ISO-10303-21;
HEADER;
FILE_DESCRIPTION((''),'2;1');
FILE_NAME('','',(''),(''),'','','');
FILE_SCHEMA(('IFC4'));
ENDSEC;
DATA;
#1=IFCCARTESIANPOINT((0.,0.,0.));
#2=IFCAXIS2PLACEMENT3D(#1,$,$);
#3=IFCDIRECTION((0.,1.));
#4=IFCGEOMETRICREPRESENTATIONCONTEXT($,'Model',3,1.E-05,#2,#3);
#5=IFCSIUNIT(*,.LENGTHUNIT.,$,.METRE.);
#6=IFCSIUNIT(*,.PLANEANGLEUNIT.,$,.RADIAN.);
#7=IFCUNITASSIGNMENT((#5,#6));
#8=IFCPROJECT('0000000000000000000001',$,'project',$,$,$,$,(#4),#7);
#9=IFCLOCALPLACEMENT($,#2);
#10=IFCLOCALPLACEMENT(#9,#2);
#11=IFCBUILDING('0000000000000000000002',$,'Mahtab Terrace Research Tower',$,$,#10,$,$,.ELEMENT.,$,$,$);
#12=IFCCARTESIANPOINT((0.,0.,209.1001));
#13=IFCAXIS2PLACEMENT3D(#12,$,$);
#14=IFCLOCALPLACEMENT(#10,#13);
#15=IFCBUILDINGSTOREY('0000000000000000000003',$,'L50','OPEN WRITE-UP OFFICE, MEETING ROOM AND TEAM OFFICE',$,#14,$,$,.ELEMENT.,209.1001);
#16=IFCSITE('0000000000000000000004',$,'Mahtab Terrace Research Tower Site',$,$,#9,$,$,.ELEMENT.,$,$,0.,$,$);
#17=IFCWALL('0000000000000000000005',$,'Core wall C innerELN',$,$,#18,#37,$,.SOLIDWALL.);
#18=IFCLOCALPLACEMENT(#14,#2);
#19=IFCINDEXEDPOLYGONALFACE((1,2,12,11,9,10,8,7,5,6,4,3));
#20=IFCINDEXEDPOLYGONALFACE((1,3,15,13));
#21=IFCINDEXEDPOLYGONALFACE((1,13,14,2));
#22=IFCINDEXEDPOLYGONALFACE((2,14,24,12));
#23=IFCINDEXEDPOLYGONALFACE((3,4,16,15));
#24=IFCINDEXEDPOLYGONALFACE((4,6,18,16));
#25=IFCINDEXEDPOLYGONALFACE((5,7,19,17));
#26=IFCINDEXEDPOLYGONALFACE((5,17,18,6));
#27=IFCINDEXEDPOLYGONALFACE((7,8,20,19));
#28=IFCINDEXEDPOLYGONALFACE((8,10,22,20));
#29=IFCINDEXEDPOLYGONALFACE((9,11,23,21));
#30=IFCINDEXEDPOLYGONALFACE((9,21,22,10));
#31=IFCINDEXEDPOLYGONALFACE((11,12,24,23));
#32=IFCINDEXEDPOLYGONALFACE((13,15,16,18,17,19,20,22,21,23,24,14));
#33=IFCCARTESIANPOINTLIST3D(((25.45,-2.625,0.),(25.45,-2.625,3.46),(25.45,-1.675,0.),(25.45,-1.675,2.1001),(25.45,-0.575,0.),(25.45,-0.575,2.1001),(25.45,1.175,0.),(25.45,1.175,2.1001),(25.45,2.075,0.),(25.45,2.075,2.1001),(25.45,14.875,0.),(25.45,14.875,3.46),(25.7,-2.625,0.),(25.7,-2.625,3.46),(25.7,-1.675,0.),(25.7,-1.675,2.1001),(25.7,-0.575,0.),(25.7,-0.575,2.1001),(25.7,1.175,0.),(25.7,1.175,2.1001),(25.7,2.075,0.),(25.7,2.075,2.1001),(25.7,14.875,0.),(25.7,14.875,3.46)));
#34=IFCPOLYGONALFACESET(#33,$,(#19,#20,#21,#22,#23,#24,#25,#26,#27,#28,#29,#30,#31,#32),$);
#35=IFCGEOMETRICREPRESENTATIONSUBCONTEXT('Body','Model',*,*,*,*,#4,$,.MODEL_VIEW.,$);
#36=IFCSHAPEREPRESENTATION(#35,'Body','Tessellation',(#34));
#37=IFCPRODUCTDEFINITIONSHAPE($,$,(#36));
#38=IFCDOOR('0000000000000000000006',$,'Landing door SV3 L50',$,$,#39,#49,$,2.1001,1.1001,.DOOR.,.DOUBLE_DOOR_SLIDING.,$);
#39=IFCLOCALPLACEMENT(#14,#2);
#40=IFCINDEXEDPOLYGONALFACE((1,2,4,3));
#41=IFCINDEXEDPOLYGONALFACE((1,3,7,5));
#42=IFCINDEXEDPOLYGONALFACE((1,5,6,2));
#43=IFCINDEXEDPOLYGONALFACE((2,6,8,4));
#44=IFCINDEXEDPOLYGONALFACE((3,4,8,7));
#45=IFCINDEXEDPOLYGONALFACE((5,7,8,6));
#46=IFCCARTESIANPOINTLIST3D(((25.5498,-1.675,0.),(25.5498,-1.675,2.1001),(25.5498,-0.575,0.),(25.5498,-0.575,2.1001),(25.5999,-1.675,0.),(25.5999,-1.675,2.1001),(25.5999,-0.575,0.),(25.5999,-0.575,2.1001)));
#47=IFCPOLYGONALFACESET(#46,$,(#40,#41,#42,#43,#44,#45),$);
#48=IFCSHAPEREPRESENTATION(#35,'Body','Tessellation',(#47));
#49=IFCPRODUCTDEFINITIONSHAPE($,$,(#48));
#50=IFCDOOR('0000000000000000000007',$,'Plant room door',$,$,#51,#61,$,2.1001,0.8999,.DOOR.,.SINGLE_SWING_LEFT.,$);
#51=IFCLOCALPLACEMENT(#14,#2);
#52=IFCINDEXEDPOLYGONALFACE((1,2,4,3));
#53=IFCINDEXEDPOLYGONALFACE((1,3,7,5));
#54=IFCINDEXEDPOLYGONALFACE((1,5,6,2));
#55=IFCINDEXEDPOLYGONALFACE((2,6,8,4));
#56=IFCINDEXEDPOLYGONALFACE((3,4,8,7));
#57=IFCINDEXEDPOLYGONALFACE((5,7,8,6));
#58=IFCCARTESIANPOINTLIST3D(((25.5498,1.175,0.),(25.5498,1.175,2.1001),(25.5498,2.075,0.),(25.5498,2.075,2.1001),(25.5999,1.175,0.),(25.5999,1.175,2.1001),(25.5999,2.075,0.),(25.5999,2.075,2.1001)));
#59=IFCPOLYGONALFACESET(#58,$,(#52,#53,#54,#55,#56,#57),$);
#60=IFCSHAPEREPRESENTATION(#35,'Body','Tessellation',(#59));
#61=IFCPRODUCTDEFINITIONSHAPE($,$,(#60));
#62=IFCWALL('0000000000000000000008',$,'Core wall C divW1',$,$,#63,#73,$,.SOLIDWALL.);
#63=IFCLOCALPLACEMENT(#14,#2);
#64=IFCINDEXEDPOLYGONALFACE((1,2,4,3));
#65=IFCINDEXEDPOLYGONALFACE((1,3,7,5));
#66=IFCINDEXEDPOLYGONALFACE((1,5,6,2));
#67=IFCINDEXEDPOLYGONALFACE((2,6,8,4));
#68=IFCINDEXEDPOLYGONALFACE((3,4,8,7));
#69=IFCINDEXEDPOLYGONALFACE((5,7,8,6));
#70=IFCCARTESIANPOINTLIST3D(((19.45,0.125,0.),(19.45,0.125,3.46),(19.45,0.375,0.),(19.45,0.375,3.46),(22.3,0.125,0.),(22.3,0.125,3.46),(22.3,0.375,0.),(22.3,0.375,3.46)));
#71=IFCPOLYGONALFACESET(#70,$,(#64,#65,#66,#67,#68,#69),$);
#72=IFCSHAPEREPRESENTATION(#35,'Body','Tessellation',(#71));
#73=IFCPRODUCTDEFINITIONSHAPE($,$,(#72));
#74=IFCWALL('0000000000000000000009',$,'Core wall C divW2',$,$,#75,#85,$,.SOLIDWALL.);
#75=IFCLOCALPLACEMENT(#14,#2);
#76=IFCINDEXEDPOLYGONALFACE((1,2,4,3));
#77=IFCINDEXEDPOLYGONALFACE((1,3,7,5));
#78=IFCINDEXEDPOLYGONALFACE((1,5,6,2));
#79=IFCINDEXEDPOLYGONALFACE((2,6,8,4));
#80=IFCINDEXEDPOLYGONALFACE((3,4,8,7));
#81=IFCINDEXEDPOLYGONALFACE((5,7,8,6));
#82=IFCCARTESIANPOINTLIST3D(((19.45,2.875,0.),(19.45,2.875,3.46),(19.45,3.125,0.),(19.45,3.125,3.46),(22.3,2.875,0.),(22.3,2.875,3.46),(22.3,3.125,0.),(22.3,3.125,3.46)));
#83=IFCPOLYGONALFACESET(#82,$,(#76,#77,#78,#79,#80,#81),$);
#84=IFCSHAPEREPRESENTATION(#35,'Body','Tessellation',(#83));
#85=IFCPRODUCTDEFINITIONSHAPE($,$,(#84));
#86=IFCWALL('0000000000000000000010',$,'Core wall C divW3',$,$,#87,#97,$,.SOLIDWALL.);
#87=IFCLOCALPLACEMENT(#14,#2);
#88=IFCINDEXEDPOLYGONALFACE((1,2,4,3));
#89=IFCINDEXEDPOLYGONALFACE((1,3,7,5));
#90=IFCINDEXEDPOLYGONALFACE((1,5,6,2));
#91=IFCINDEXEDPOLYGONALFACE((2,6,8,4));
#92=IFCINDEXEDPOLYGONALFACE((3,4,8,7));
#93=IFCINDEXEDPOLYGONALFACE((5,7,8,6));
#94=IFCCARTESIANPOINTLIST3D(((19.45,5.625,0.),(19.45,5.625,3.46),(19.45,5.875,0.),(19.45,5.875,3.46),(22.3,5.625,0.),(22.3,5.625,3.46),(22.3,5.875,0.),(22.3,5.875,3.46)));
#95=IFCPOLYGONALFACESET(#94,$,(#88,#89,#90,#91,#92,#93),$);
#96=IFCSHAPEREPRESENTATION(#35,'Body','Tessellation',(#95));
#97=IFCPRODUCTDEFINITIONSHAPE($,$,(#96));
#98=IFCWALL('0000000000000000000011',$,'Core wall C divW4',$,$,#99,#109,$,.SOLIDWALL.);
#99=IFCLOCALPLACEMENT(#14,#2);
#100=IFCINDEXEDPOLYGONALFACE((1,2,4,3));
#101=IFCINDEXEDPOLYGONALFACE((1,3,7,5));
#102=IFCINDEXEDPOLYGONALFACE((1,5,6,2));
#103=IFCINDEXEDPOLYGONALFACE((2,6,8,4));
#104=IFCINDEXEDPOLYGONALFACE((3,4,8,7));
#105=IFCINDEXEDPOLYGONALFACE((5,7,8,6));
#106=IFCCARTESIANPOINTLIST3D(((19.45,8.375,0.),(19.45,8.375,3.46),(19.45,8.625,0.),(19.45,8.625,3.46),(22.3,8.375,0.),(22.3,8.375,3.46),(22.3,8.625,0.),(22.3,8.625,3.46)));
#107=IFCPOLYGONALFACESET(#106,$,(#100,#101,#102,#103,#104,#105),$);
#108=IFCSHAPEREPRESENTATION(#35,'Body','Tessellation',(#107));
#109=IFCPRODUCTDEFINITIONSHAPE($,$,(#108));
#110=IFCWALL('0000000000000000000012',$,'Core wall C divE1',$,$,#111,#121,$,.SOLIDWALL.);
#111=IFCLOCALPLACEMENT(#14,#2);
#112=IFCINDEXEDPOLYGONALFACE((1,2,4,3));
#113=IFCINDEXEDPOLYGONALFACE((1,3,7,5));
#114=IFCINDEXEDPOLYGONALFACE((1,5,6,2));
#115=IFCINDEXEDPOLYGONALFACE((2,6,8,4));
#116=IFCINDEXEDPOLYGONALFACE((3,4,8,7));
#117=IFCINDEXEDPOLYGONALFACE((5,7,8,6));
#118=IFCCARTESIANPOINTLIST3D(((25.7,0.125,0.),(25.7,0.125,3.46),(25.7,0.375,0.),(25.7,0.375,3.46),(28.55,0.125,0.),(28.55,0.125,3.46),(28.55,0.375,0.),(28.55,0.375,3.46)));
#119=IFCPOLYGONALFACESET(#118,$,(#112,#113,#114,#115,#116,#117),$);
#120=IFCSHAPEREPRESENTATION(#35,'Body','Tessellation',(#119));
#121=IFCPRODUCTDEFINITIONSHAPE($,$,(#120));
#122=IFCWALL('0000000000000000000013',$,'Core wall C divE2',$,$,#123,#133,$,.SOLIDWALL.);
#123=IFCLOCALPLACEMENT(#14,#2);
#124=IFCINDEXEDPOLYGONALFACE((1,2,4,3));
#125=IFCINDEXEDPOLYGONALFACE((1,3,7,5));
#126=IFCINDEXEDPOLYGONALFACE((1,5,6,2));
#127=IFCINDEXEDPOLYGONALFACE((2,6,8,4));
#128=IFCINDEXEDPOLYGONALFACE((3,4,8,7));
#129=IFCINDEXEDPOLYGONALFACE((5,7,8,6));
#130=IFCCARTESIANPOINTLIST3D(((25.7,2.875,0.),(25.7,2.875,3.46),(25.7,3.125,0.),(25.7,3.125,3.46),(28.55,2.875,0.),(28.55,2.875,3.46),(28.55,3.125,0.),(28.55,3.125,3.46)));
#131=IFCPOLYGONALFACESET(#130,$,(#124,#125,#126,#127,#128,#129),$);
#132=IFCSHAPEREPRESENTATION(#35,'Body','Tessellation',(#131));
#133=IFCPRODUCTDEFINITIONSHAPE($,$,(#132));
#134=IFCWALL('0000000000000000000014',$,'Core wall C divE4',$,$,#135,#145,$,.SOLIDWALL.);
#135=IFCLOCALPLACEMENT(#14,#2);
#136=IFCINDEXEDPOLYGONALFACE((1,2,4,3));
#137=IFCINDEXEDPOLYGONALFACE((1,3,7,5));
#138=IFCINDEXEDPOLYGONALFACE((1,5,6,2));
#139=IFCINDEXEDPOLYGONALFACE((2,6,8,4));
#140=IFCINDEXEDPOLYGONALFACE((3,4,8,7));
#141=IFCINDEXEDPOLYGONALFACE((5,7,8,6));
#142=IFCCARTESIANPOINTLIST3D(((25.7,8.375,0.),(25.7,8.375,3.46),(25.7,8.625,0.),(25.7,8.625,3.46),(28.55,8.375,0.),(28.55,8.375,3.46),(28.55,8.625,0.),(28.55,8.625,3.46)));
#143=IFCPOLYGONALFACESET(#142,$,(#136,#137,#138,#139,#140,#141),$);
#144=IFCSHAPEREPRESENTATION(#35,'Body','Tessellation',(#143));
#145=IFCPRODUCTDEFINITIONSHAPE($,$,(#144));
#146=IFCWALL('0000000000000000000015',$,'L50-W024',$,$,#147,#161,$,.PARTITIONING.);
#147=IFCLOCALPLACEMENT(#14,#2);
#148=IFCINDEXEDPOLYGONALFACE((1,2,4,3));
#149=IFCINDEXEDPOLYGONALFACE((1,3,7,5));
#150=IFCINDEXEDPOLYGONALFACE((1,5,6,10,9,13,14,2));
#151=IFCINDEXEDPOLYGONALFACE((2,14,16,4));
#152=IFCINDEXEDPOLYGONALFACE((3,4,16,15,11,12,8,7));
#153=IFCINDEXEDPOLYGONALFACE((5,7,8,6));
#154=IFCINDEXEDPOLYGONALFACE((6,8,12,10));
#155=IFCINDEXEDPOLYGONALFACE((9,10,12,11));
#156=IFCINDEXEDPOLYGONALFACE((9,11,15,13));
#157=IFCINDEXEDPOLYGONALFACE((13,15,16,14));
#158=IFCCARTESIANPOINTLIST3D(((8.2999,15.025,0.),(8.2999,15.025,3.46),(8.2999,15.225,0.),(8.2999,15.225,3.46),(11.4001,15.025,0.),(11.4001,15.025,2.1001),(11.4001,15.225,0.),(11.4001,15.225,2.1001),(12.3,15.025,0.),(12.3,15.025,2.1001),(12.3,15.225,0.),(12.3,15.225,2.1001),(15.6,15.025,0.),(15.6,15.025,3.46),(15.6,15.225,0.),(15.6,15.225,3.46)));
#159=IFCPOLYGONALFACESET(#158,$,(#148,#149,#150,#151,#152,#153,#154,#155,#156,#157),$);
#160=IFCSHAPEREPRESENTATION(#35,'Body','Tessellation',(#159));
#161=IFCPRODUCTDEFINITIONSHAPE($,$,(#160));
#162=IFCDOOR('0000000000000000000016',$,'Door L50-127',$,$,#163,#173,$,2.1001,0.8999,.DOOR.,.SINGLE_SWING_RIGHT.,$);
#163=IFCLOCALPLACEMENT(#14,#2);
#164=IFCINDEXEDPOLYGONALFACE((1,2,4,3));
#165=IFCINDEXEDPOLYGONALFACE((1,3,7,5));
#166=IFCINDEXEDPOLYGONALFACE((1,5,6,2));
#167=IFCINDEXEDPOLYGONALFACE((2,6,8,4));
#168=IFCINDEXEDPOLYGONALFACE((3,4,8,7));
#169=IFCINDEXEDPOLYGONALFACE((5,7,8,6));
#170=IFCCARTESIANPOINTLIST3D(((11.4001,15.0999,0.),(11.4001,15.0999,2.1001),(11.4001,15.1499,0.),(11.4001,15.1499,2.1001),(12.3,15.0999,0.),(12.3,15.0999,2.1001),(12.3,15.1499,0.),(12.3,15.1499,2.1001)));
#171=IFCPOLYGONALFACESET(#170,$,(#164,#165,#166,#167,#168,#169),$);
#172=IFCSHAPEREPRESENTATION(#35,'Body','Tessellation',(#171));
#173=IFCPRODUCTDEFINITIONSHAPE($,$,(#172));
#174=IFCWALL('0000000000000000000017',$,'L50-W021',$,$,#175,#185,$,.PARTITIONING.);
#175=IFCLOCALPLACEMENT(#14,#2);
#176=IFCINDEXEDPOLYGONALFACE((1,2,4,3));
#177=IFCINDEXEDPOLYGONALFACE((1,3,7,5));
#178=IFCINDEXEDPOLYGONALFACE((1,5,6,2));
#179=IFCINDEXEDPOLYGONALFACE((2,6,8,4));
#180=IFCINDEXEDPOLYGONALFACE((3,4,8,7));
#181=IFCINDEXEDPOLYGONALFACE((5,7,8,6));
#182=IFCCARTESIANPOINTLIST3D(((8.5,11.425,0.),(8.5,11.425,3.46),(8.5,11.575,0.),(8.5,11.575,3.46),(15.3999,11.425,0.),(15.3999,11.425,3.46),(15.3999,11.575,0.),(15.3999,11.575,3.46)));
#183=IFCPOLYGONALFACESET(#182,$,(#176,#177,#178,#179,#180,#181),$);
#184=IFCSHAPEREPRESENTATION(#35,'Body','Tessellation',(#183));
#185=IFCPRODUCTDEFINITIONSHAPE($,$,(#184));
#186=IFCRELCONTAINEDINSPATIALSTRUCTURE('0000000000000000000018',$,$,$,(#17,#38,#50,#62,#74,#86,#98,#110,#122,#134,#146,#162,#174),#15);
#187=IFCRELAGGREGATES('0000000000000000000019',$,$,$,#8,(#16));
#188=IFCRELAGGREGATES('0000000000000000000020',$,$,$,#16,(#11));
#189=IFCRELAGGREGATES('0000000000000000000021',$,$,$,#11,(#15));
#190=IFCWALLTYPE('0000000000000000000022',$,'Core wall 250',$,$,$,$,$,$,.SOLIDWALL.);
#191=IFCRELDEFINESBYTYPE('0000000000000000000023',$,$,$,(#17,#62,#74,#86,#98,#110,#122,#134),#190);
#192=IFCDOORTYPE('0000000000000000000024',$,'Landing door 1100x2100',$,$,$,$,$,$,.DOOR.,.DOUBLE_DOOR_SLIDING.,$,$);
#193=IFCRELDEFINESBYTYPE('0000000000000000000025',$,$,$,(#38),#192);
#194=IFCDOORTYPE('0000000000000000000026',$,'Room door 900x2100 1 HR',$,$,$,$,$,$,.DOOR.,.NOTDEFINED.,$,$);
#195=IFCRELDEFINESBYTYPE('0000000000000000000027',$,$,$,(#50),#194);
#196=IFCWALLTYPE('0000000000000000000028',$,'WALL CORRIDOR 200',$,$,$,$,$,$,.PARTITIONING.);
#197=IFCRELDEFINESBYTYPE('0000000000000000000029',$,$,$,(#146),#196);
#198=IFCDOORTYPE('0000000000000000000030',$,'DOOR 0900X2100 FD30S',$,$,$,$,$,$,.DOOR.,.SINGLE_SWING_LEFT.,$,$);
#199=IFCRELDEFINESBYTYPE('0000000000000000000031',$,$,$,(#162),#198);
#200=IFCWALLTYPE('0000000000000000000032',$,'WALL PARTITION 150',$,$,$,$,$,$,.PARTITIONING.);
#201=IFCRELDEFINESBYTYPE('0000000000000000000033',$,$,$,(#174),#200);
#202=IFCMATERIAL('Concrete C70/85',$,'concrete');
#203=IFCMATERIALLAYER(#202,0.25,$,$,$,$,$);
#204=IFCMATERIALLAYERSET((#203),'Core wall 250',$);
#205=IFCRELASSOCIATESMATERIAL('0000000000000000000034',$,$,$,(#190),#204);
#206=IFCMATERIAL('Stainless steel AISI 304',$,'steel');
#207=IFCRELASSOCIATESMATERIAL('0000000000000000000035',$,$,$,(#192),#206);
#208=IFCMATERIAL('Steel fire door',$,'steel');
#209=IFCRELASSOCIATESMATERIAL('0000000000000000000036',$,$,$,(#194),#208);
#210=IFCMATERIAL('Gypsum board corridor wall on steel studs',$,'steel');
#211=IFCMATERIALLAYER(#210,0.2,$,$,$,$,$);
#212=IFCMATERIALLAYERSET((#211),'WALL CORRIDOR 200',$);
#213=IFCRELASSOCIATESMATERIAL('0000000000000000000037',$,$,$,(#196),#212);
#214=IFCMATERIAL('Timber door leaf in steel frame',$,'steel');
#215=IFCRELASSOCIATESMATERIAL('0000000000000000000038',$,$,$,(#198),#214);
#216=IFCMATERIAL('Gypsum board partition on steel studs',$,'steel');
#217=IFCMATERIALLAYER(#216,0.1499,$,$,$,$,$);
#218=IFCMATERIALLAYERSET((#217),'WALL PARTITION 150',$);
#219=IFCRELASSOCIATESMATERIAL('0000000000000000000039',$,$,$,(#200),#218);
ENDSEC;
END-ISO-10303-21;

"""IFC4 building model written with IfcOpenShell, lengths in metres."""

from ifc_helpers import new_model, si_unit, direction, frame, frame_2d, origin, place, context, subcontext, project, spatial, rectangle, extrude, material, layer, layer_set, type_object, element, fill, save


model = new_model("IFC4")

# Units and contexts
model_context = context("Model", 3, precision=1e-05, world=origin(), true_north=direction((0.0, 1.0)))
body_context = subcontext(model_context, "Body", "Model", "MODEL_VIEW")
ifc_project = project(units=[si_unit("LENGTHUNIT", "METRE"), si_unit("PLANEANGLEUNIT", "RADIAN")], contexts=[model_context])

# Site, building, storey
site_placement = place(None, origin())
site = spatial("IfcSite", under=ifc_project, at=site_placement, Name="Mahtab Terrace Research Tower Site", CompositionType="ELEMENT", RefElevation=0.0)
building_placement = place(site_placement, origin())
building = spatial("IfcBuilding", under=site, at=building_placement, Name="Mahtab Terrace Research Tower", CompositionType="ELEMENT")
storey_placement = place(building_placement, frame((0.0, 0.0, 209.1001)))
storey = spatial("IfcBuildingStorey", under=building, at=storey_placement, Name="L50", Description="OPEN WRITE-UP OFFICE, MEETING ROOM AND TEAM OFFICE", CompositionType="ELEMENT", Elevation=209.1001)

# Shared definitions
ifc_material_1 = material(Name="Concrete C70/85", Category="concrete")

# Shared definitions
ifc_layer_1 = layer(ifc_material_1, 0.25)
ifc_layer_set_1 = layer_set([ifc_layer_1], Name="Core wall 250")
wall_type_1 = type_object("IfcWallType", Name="Core wall 250", PredefinedType="SOLIDWALL", material=ifc_layer_set_1)

# Shared definitions
ifc_material_2 = material(Name="Steel fire door", Category="steel")

# Wall, openings, doors
wall_1_placement = place(storey_placement, frame((25.575, 14.875, 0.0), z_axis=(0.0, 0.0, 1.0), x_axis=(0.0, -1.0, 0.0)))
wall_1 = element("IfcWall", 1, at=wall_1_placement, inside=storey, type_object=wall_type_1, Name="Core wall C innerELN", PredefinedType="SOLIDWALL", context=body_context, shape_type="SweptSolid", body=[
    extrude(rectangle(XDim=17.5, YDim=0.25, at=frame_2d((8.75, 0.0))), origin(), (0.0, 0.0, 1.0), 3.46),
])
opening_1_placement = place(wall_1_placement, frame((15.45, 0.0, 0.0)))
opening_1 = element("IfcOpeningElement", 2, at=opening_1_placement, cuts=wall_1, PredefinedType="OPENING", context=body_context, shape_type="SweptSolid", body=[
    extrude(rectangle(XDim=1.1001, YDim=2.1001, at=frame_2d((0.55, 1.05))), frame((0.0, 0.135, 0.0), z_axis=(0.0, -1.0, 0.0), x_axis=(1.0, 0.0, 0.0)), (0.0, 0.0, 1.0), 0.27),
])
opening_2_placement = place(wall_1_placement, frame((12.8, 0.0, 0.0)))
opening_2 = element("IfcOpeningElement", 3, at=opening_2_placement, cuts=wall_1, PredefinedType="OPENING", context=body_context, shape_type="SweptSolid", body=[
    extrude(rectangle(XDim=0.8999, YDim=2.1001, at=frame_2d((0.45, 1.05))), frame((0.0, 0.135, 0.0), z_axis=(0.0, -1.0, 0.0), x_axis=(1.0, 0.0, 0.0)), (0.0, 0.0, 1.0), 0.27),
])
ifc_material_3 = material(Name="Stainless steel AISI 304", Category="steel")
door_type_1 = type_object("IfcDoorType", Name="Landing door 1100x2100", OperationType="DOUBLE_DOOR_SLIDING", PredefinedType="DOOR", material=ifc_material_3)
door_1_placement = place(opening_1_placement, origin())
door_1 = element("IfcDoor", 4, at=door_1_placement, inside=storey, type_object=door_type_1, Name="Landing door SV3 L50", OperationType="DOUBLE_DOOR_SLIDING", OverallHeight=2.1001, OverallWidth=1.1001, PredefinedType="DOOR", context=body_context, shape_type="SweptSolid", body=[
    extrude(rectangle(XDim=1.1001, YDim=2.1001, at=frame_2d((0.55, 1.05))), frame((0.0, 0.0249, 0.0), z_axis=(0.0, -1.0, 0.0), x_axis=(1.0, 0.0, 0.0)), (0.0, 0.0, 1.0), 0.05),
])
fill(opening_1, door_1)
door_type_2 = type_object("IfcDoorType", Name="Room door 900x2100 1 HR", OperationType="NOTDEFINED", PredefinedType="DOOR", material=ifc_material_2)
door_2_placement = place(opening_2_placement, origin())
door_2 = element("IfcDoor", 5, at=door_2_placement, inside=storey, type_object=door_type_2, Name="Plant room door", OperationType="SINGLE_SWING_LEFT", OverallHeight=2.1001, OverallWidth=0.8999, PredefinedType="DOOR", context=body_context, shape_type="SweptSolid", body=[
    extrude(rectangle(XDim=0.8999, YDim=2.1001, at=frame_2d((0.45, 1.05))), frame((0.0, 0.0249, 0.0), z_axis=(0.0, -1.0, 0.0), x_axis=(1.0, 0.0, 0.0)), (0.0, 0.0, 1.0), 0.05),
])
fill(opening_2, door_2)

# Walls
for number, where, z_axis, x_axis, name in (
    (6, (19.45, 0.25, 0.0), (0.0, 0.0, 1.0), (1.0, 0.0, 0.0), "Core wall C divW1"),
    (7, (19.45, 3.0, 0.0), (0.0, 0.0, 1.0), (1.0, 0.0, 0.0), "Core wall C divW2"),
    (8, (19.45, 5.75, 0.0), (0.0, 0.0, 1.0), (1.0, 0.0, 0.0), "Core wall C divW3"),
    (9, (19.45, 8.5, 0.0), (0.0, 0.0, 1.0), (1.0, 0.0, 0.0), "Core wall C divW4"),
    (10, (25.7, 0.25, 0.0), (0.0, 0.0, 1.0), (1.0, 0.0, 0.0), "Core wall C divE1"),
    (11, (25.7, 3.0, 0.0), (0.0, 0.0, 1.0), (1.0, 0.0, 0.0), "Core wall C divE2"),
    (12, (25.7, 8.5, 0.0), (0.0, 0.0, 1.0), (1.0, 0.0, 0.0), "Core wall C divE4"),
):
    element("IfcWall", number, at=place(storey_placement, frame(where, z_axis=z_axis, x_axis=x_axis)), inside=storey, type_object=wall_type_1, Name=name, PredefinedType="SOLIDWALL", context=body_context, shape_type="SweptSolid", body=[
        extrude(rectangle(XDim=2.8501, YDim=0.25, at=frame_2d((1.425, 0.0))), origin(), (0.0, 0.0, 1.0), 3.46),
    ])

# Wall, opening, door
ifc_material_4 = material(Name="Gypsum board corridor wall on steel studs", Category="steel")
ifc_layer_2 = layer(ifc_material_4, 0.2)
ifc_layer_set_2 = layer_set([ifc_layer_2], Name="WALL CORRIDOR 200")
wall_type_2 = type_object("IfcWallType", Name="WALL CORRIDOR 200", PredefinedType="PARTITIONING", material=ifc_layer_set_2)
wall_2_placement = place(storey_placement, frame((8.3, 15.125, 0.0), z_axis=(0.0, 0.0, 1.0), x_axis=(1.0, 0.0, 0.0)))
wall_2 = element("IfcWall", 13, at=wall_2_placement, inside=storey, type_object=wall_type_2, Name="L50-W024", PredefinedType="PARTITIONING", context=body_context, shape_type="SweptSolid", body=[
    extrude(rectangle(XDim=7.3, YDim=0.2, at=frame_2d((3.6499, 0.0))), origin(), (0.0, 0.0, 1.0), 3.46),
])
opening_3_placement = place(wall_2_placement, frame((3.1001, 0.0, 0.0)))
opening_3 = element("IfcOpeningElement", 14, at=opening_3_placement, cuts=wall_2, PredefinedType="OPENING", context=body_context, shape_type="SweptSolid", body=[
    extrude(rectangle(XDim=0.8999, YDim=2.1001, at=frame_2d((0.45, 1.05))), frame((0.0, 0.1099, 0.0), z_axis=(0.0, -1.0, 0.0), x_axis=(1.0, 0.0, 0.0)), (0.0, 0.0, 1.0), 0.22),
])
ifc_material_5 = material(Name="Timber door leaf in steel frame", Category="steel")
door_type_3 = type_object("IfcDoorType", Name="DOOR 0900X2100 FD30S", OperationType="SINGLE_SWING_LEFT", PredefinedType="DOOR", material=ifc_material_5)
door_3_placement = place(opening_3_placement, origin())
door_3 = element("IfcDoor", 15, at=door_3_placement, inside=storey, type_object=door_type_3, Name="Door L50-127", OperationType="SINGLE_SWING_RIGHT", OverallHeight=2.1001, OverallWidth=0.8999, PredefinedType="DOOR", context=body_context, shape_type="SweptSolid", body=[
    extrude(rectangle(XDim=0.8999, YDim=2.1001, at=frame_2d((0.45, 1.05))), frame((0.0, 0.0249, 0.0), z_axis=(0.0, -1.0, 0.0), x_axis=(1.0, 0.0, 0.0)), (0.0, 0.0, 1.0), 0.05),
])
fill(opening_3, door_3)

# Wall
ifc_material_6 = material(Name="Gypsum board partition on steel studs", Category="steel")
ifc_layer_3 = layer(ifc_material_6, 0.1499)
ifc_layer_set_3 = layer_set([ifc_layer_3], Name="WALL PARTITION 150")
wall_type_3 = type_object("IfcWallType", Name="WALL PARTITION 150", PredefinedType="PARTITIONING", material=ifc_layer_set_3)
wall_3_placement = place(storey_placement, frame((8.5, 11.5, 0.0), z_axis=(0.0, 0.0, 1.0), x_axis=(1.0, 0.0, 0.0)))
element("IfcWall", 16, at=wall_3_placement, inside=storey, type_object=wall_type_3, Name="L50-W021", PredefinedType="PARTITIONING", context=body_context, shape_type="SweptSolid", body=[
    extrude(rectangle(XDim=6.8999, YDim=0.1499, at=frame_2d((3.45, 0.0))), origin(), (0.0, 0.0, 1.0), 3.46),
])

save(model, "model.ifc")
